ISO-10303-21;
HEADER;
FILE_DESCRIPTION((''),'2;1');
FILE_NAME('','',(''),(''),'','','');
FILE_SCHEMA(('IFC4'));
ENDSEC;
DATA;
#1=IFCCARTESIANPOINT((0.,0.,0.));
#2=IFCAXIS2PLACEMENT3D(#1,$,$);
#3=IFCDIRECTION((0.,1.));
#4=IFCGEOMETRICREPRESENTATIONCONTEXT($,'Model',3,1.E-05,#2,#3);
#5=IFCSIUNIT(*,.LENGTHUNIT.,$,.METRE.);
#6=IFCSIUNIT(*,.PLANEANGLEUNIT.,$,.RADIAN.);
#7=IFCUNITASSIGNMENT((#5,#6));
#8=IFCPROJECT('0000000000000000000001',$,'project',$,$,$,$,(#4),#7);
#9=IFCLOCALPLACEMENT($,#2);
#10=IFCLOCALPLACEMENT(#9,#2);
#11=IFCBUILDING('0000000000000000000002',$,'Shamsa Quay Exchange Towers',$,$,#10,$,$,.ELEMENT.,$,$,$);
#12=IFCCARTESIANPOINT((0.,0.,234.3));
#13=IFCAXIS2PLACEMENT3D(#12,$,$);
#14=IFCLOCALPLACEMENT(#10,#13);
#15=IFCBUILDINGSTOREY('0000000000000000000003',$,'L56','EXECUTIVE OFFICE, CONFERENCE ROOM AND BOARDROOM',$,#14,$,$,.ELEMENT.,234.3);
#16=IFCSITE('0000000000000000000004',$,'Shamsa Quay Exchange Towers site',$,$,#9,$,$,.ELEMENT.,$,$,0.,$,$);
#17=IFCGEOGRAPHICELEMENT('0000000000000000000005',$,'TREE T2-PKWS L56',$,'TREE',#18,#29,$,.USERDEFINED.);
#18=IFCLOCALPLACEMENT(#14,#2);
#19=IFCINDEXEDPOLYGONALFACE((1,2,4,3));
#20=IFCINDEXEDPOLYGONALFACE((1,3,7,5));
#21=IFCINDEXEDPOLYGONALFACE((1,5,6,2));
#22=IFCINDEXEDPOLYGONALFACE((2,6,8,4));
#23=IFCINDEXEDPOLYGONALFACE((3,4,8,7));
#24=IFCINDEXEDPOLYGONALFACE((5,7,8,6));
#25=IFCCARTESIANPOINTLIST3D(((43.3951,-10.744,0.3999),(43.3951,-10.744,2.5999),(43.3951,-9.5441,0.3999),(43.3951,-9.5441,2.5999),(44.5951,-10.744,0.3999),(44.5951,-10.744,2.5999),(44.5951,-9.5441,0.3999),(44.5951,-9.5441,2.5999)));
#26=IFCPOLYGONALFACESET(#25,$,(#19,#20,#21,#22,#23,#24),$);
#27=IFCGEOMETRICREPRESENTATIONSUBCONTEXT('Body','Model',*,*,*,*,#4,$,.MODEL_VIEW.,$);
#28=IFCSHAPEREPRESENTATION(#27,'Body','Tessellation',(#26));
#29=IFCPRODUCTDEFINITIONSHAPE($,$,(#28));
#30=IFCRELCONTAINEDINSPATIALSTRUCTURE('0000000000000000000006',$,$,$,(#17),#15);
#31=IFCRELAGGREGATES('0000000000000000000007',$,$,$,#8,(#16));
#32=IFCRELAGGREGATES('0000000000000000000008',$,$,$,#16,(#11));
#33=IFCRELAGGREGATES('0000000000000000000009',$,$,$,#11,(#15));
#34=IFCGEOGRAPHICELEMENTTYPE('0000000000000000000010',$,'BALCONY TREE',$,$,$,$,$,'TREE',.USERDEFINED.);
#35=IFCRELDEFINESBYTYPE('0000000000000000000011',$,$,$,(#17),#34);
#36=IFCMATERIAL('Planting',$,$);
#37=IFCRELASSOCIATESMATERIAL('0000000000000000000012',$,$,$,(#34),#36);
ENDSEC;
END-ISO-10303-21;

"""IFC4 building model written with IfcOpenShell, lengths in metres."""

from ifc_helpers import new_model, si_unit, direction, frame, origin, origin_2d, place, context, subcontext, project, spatial, rectangle, extrude, material, type_object, element, save


model = new_model("IFC4")

# Units and contexts
model_context = context("Model", 3, precision=1e-05, world=origin(), true_north=direction((0.0, 1.0)))
body_context = subcontext(model_context, "Body", "Model", "MODEL_VIEW")
ifc_project = project(units=[si_unit("LENGTHUNIT", "METRE"), si_unit("PLANEANGLEUNIT", "RADIAN")], contexts=[model_context])

# Site, building, storey
site_placement = place(None, origin())
site = spatial("IfcSite", under=ifc_project, at=site_placement, Name="Shamsa Quay Exchange Towers site", CompositionType="ELEMENT", RefElevation=0.0)
building_placement = place(site_placement, origin())
building = spatial("IfcBuilding", under=site, at=building_placement, Name="Shamsa Quay Exchange Towers", CompositionType="ELEMENT")
storey_placement = place(building_placement, frame((0.0, 0.0, 234.3)))
storey = spatial("IfcBuildingStorey", under=building, at=storey_placement, Name="L56", Description="EXECUTIVE OFFICE, CONFERENCE ROOM AND BOARDROOM", CompositionType="ELEMENT", Elevation=234.3)

# Geographic element
ifc_material_1 = material(Name="Planting")
geographic_element_type = type_object("IfcGeographicElementType", Name="BALCONY TREE", ElementType="TREE", PredefinedType="USERDEFINED", material=ifc_material_1)
geographic_element_placement = place(storey_placement, frame((43.9951, -10.144, 0.3999), z_axis=(0.0, 0.0, 1.0), x_axis=(0.0, 1.0, 0.0)))
element("IfcGeographicElement", 1, at=geographic_element_placement, inside=storey, type_object=geographic_element_type, Name="TREE T2-PKWS L56", ObjectType="TREE", PredefinedType="USERDEFINED", context=body_context, shape_type="SweptSolid", body=[
    extrude(rectangle(XDim=1.2, YDim=1.2, at=origin_2d()), origin(), (0.0, 0.0, 1.0), 2.2),
])

save(model, "model.ifc")
